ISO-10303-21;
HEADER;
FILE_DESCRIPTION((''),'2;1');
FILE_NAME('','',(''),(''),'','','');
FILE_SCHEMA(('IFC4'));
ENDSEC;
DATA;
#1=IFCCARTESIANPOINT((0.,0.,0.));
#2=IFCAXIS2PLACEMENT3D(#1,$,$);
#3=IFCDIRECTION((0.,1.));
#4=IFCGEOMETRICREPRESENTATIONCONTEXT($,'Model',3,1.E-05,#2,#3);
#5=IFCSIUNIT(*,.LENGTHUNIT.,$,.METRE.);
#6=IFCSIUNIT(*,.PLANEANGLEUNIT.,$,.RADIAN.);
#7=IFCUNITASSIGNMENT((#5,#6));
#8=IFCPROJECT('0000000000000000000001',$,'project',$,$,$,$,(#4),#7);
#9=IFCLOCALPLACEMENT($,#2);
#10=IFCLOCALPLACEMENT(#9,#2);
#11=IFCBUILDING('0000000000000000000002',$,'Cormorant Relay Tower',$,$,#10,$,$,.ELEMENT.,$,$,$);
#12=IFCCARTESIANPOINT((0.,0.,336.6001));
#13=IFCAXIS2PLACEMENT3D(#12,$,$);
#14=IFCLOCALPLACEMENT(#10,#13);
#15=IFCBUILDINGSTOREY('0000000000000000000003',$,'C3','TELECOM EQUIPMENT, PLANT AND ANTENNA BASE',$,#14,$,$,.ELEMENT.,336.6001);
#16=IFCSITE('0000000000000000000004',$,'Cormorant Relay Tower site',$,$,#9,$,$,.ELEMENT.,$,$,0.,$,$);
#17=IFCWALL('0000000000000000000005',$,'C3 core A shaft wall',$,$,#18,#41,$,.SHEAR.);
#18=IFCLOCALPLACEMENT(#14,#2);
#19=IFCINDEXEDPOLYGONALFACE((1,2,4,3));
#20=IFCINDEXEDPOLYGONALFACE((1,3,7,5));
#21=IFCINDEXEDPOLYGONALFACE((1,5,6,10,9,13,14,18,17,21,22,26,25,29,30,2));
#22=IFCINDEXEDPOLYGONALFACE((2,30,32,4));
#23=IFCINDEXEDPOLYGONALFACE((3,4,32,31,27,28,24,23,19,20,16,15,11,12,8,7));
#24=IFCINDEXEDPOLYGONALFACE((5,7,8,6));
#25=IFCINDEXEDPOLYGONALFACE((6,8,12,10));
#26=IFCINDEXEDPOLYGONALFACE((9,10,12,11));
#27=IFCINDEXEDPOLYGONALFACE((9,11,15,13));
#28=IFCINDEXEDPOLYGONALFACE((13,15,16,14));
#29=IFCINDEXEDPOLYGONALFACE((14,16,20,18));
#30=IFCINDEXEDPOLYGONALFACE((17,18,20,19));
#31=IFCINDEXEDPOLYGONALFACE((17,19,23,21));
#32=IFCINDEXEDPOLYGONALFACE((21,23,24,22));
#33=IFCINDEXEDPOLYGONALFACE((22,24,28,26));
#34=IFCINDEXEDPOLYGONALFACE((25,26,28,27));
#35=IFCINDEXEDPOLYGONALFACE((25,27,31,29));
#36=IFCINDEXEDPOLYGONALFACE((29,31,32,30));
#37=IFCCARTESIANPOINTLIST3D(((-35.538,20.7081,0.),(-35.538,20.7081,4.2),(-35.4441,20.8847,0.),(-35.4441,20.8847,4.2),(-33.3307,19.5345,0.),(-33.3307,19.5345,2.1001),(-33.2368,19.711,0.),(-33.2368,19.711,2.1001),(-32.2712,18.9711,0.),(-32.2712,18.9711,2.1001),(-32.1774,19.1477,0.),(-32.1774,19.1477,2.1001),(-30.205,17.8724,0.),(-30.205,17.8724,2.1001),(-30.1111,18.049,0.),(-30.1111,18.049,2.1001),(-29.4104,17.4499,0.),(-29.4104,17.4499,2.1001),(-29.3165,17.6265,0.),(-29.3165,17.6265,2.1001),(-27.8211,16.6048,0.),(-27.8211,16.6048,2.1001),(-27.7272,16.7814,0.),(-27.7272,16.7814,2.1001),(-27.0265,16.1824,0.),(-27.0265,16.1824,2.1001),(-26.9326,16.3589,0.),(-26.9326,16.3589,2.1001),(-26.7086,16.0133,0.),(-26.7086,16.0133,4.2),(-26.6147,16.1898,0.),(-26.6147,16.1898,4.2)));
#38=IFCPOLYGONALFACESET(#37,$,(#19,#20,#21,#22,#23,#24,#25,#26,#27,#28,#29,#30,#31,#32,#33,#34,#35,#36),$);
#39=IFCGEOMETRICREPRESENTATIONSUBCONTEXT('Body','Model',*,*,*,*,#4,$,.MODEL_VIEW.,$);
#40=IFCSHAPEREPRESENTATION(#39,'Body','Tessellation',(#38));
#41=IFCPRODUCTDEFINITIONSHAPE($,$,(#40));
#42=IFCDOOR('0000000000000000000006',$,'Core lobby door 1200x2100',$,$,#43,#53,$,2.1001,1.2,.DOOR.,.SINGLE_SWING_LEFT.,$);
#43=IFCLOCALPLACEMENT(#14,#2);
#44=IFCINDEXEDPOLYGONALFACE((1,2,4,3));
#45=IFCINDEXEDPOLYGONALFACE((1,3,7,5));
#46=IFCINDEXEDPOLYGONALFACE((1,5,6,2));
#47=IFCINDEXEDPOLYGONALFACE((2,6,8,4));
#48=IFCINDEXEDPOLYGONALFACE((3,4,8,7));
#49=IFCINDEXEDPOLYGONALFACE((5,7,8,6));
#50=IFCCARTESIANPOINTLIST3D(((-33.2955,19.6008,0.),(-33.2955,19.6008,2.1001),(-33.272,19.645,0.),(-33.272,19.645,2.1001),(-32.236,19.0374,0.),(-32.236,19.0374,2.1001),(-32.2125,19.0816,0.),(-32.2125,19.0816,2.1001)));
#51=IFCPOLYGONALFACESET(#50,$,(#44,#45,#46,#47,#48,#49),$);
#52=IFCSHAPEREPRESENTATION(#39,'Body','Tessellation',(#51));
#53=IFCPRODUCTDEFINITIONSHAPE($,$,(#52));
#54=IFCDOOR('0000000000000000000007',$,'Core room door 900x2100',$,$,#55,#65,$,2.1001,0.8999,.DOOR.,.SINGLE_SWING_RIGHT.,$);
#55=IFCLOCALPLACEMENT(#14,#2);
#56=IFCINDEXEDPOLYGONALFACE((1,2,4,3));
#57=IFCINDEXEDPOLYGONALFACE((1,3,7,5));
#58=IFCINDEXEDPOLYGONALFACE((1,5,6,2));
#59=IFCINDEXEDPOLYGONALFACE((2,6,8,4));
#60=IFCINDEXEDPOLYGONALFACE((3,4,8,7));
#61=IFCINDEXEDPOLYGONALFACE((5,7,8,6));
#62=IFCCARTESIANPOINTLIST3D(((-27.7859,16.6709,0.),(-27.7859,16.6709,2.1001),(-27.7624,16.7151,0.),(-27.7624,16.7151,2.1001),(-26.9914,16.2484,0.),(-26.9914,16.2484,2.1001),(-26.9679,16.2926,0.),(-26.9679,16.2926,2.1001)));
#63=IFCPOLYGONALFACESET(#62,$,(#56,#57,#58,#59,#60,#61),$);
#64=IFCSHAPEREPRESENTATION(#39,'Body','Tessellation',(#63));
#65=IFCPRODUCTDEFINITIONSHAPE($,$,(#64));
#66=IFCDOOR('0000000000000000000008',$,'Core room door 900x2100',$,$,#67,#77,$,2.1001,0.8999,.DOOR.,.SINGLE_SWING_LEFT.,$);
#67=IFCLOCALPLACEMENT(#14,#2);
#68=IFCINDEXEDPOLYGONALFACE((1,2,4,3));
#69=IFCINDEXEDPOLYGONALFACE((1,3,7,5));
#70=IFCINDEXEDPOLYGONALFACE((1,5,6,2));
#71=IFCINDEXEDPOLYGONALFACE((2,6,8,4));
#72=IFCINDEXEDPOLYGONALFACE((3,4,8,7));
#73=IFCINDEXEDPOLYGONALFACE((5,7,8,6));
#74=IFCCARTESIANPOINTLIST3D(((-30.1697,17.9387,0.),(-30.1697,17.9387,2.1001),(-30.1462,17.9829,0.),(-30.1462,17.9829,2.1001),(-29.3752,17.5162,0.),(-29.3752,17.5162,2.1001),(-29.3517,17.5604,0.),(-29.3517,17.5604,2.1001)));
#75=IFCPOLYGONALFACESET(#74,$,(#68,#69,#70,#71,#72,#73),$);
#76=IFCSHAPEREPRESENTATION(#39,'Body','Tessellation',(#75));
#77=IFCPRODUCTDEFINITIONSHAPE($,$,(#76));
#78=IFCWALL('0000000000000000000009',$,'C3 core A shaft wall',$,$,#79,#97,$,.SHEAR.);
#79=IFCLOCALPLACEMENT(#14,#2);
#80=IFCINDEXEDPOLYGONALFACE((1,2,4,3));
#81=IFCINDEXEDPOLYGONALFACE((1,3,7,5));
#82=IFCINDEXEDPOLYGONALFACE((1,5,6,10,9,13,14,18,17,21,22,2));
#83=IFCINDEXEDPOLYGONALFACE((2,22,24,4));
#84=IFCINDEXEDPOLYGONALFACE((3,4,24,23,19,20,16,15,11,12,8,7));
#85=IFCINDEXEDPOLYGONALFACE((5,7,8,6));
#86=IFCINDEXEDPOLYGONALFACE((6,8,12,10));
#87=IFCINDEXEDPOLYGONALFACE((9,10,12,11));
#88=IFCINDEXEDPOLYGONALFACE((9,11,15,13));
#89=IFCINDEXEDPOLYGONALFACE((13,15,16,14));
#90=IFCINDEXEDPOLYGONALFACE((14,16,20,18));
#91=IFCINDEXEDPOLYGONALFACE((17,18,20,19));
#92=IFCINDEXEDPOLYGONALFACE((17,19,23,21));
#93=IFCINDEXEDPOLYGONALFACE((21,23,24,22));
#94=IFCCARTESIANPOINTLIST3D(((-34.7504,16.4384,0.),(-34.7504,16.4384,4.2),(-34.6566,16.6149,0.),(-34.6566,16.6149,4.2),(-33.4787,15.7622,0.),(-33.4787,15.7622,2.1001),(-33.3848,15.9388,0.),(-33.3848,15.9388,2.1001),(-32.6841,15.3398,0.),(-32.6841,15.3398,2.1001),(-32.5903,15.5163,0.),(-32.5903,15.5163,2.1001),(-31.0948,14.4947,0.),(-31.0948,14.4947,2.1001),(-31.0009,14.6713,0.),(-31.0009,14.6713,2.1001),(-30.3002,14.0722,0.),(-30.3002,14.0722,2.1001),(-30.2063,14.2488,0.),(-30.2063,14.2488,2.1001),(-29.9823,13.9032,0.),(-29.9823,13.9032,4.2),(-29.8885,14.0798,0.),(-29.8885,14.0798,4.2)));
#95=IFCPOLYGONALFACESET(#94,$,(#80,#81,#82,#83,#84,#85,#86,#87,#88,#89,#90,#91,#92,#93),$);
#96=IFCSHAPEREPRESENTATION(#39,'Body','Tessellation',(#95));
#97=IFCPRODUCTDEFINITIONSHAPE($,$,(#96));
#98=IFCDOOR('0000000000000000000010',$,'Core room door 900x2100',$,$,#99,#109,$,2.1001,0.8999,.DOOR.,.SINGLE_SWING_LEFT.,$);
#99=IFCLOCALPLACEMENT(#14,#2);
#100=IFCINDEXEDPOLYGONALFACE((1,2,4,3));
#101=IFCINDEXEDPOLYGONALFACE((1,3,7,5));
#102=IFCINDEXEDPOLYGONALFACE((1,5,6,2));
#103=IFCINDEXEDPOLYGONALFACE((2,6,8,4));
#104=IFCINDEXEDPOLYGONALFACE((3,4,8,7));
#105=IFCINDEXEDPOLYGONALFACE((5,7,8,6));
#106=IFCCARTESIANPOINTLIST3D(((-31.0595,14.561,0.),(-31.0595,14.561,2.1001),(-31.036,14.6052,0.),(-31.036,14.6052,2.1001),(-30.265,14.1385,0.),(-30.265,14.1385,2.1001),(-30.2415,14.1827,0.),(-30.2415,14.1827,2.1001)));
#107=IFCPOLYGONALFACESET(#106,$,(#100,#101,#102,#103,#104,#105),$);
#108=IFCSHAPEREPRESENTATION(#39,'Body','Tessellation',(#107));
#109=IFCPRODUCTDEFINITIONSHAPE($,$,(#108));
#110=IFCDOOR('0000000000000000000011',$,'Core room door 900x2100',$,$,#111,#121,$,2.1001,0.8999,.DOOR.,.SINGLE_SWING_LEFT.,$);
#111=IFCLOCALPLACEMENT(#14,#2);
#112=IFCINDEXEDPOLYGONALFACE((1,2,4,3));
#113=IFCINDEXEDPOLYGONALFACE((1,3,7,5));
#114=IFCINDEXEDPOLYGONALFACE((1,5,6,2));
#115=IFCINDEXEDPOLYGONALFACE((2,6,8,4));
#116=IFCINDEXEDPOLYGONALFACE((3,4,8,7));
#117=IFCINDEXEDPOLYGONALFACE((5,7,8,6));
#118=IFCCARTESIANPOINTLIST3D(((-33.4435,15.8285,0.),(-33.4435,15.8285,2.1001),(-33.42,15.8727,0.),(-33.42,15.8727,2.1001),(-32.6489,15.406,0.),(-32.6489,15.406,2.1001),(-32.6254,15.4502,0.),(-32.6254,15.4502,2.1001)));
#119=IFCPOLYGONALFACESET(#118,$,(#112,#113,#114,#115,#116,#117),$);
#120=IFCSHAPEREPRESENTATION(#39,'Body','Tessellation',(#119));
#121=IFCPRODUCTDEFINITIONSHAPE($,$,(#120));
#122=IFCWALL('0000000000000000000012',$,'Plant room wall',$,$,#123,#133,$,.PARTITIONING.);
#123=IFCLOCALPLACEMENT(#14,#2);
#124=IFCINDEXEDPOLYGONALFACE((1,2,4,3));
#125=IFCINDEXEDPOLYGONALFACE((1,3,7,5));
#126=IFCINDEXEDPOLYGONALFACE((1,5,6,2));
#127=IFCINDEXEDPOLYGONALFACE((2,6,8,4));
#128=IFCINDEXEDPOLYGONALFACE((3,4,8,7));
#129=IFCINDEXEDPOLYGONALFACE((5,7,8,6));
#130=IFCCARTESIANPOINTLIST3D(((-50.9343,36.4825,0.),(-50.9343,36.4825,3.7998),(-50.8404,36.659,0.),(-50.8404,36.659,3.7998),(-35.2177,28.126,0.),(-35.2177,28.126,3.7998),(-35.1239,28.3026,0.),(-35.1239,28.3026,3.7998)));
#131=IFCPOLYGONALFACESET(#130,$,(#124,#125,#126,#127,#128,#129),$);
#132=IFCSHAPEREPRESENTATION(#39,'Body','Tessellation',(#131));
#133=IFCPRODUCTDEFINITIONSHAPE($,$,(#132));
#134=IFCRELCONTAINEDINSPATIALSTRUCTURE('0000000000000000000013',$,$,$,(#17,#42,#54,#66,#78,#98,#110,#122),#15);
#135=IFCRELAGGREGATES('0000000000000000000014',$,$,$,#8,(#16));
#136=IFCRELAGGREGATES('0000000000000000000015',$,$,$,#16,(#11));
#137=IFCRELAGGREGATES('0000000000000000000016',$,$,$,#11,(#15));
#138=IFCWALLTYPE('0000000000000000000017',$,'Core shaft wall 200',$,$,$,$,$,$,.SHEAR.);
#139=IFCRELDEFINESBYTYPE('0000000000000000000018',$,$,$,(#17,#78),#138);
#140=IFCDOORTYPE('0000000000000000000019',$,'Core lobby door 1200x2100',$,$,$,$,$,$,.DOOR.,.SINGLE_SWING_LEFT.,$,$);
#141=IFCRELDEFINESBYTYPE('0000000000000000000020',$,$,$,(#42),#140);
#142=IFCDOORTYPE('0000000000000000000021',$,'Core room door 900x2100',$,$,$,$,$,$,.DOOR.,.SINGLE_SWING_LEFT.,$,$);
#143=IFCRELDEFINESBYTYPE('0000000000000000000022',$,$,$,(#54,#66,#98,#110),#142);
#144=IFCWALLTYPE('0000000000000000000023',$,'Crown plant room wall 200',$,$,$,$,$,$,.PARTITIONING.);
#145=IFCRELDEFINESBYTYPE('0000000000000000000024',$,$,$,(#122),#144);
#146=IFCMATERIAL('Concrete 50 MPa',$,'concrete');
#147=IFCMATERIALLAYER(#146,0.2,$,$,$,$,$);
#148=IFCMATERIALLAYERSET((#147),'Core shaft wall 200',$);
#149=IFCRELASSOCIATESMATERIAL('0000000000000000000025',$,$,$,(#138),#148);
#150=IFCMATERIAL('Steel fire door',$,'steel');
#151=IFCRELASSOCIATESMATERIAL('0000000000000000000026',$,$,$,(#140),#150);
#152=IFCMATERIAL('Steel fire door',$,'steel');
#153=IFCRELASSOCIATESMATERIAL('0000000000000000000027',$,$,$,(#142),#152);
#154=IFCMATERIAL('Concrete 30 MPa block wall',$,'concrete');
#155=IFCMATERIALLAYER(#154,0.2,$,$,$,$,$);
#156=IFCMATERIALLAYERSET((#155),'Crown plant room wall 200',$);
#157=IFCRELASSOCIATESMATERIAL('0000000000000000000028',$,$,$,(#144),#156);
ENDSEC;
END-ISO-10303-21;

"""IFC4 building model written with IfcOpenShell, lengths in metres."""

from ifc_helpers import new_model, si_unit, direction, frame, frame_2d, origin, place, context, subcontext, project, spatial, rectangle, extrude, material, layer, layer_set, type_object, element, fill, save


model = new_model("IFC4")

# Units and contexts
model_context = context("Model", 3, precision=1e-05, world=origin(), true_north=direction((0.0, 1.0)))
body_context = subcontext(model_context, "Body", "Model", "MODEL_VIEW")
ifc_project = project(units=[si_unit("LENGTHUNIT", "METRE"), si_unit("PLANEANGLEUNIT", "RADIAN")], contexts=[model_context])

# Site, building, storey
site_placement = place(None, origin())
site = spatial("IfcSite", under=ifc_project, at=site_placement, Name="Cormorant Relay Tower site", CompositionType="ELEMENT", RefElevation=0.0)
building_placement = place(site_placement, origin())
building = spatial("IfcBuilding", under=site, at=building_placement, Name="Cormorant Relay Tower", CompositionType="ELEMENT")
storey_placement = place(building_placement, frame((0.0, 0.0, 336.6001)))
storey = spatial("IfcBuildingStorey", under=building, at=storey_placement, Name="C3", Description="TELECOM EQUIPMENT, PLANT AND ANTENNA BASE", CompositionType="ELEMENT", Elevation=336.6001)

# Shared definitions
ifc_material_1 = material(Name="Concrete 50 MPa", Category="concrete")
ifc_layer_1 = layer(ifc_material_1, 0.2)
ifc_layer_set_1 = layer_set([ifc_layer_1], Name="Core shaft wall 200")
wall_type_1 = type_object("IfcWallType", Name="Core shaft wall 200", PredefinedType="SHEAR", material=ifc_layer_set_1)

# Walls, openings, doors
wall_1_placement = place(storey_placement, frame((-26.6616, 16.1016, 0.0), z_axis=(0.0, 0.0, 1.0), x_axis=(-0.88294, 0.469485, 0.0)))
wall_1 = element("IfcWall", 1, at=wall_1_placement, inside=storey, type_object=wall_type_1, Name="C3 core A shaft wall", PredefinedType="SHEAR", context=body_context, shape_type="SweptSolid", body=[
    extrude(rectangle(XDim=10.0, YDim=0.2, at=frame_2d((5.0, 0.0))), origin(), (0.0, 0.0, 1.0), 4.2),
])
opening_1_placement = place(wall_1_placement, frame((6.3, 0.0, 0.0)))
opening_1 = element("IfcOpeningElement", 2, at=opening_1_placement, cuts=wall_1, PredefinedType="OPENING", context=body_context, shape_type="SweptSolid", body=[
    extrude(rectangle(XDim=1.2, YDim=2.1001, at=frame_2d((0.6001, 1.05))), frame((0.0, 0.1099, 0.0), z_axis=(0.0, -1.0, 0.0), x_axis=(1.0, 0.0, 0.0)), (0.0, 0.0, 1.0), 0.22),
])
opening_2_placement = place(wall_1_placement, frame((0.3601, 0.0, 0.0)))
opening_2 = element("IfcOpeningElement", 3, at=opening_2_placement, cuts=wall_1, PredefinedType="OPENING", context=body_context, shape_type="SweptSolid", body=[
    extrude(rectangle(XDim=0.8999, YDim=2.1001, at=frame_2d((0.45, 1.05))), frame((0.0, 0.1099, 0.0), z_axis=(0.0, -1.0, 0.0), x_axis=(1.0, 0.0, 0.0)), (0.0, 0.0, 1.0), 0.22),
])
opening_3_placement = place(wall_1_placement, frame((3.0601, 0.0, 0.0)))
opening_3 = element("IfcOpeningElement", 4, at=opening_3_placement, cuts=wall_1, PredefinedType="OPENING", context=body_context, shape_type="SweptSolid", body=[
    extrude(rectangle(XDim=0.8999, YDim=2.1001, at=frame_2d((0.45, 1.05))), frame((0.0, 0.1099, 0.0), z_axis=(0.0, -1.0, 0.0), x_axis=(1.0, 0.0, 0.0)), (0.0, 0.0, 1.0), 0.22),
])
ifc_material_2 = material(Name="Steel fire door", Category="steel")
door_type_1 = type_object("IfcDoorType", Name="Core lobby door 1200x2100", OperationType="SINGLE_SWING_LEFT", PredefinedType="DOOR", material=ifc_material_2)
door_1_placement = place(opening_1_placement, origin())
door_1 = element("IfcDoor", 5, at=door_1_placement, inside=storey, type_object=door_type_1, Name="Core lobby door 1200x2100", OperationType="SINGLE_SWING_LEFT", OverallHeight=2.1001, OverallWidth=1.2, PredefinedType="DOOR", context=body_context, shape_type="SweptSolid", body=[
    extrude(rectangle(XDim=1.2, YDim=2.1001, at=frame_2d((0.6001, 1.05))), frame((0.0, 0.0249, 0.0), z_axis=(0.0, -1.0, 0.0), x_axis=(1.0, 0.0, 0.0)), (0.0, 0.0, 1.0), 0.05),
])
fill(opening_1, door_1)
ifc_material_3 = material(Name="Steel fire door", Category="steel")
door_type_2 = type_object("IfcDoorType", Name="Core room door 900x2100", OperationType="SINGLE_SWING_LEFT", PredefinedType="DOOR", material=ifc_material_3)
door_2_placement = place(opening_2_placement, frame((0.8999, 0.0, 0.0), z_axis=(0.0, 0.0, 1.0), x_axis=(-1.0, 0.0, 0.0)))
door_2 = element("IfcDoor", 6, at=door_2_placement, inside=storey, type_object=door_type_2, Name="Core room door 900x2100", OperationType="SINGLE_SWING_RIGHT", OverallHeight=2.1001, OverallWidth=0.8999, PredefinedType="DOOR", context=body_context, shape_type="SweptSolid", body=[
    extrude(rectangle(XDim=0.8999, YDim=2.1001, at=frame_2d((0.45, 1.05))), frame((0.0, 0.0249, 0.0), z_axis=(0.0, -1.0, 0.0), x_axis=(1.0, 0.0, 0.0)), (0.0, 0.0, 1.0), 0.05),
])
fill(opening_2, door_2)
door_3_placement = place(opening_3_placement, origin())
door_3 = element("IfcDoor", 7, at=door_3_placement, inside=storey, type_object=door_type_2, Name="Core room door 900x2100", OperationType="SINGLE_SWING_LEFT", OverallHeight=2.1001, OverallWidth=0.8999, PredefinedType="DOOR", context=body_context, shape_type="SweptSolid", body=[
    extrude(rectangle(XDim=0.8999, YDim=2.1001, at=frame_2d((0.45, 1.05))), frame((0.0, 0.0249, 0.0), z_axis=(0.0, -1.0, 0.0), x_axis=(1.0, 0.0, 0.0)), (0.0, 0.0, 1.0), 0.05),
])
fill(opening_3, door_3)
wall_2_placement = place(storey_placement, frame((-29.9353, 13.9915, 0.0), z_axis=(0.0, 0.0, 1.0), x_axis=(-0.882953, 0.469462, 0.0)))
wall_2 = element("IfcWall", 8, at=wall_2_placement, inside=storey, type_object=wall_type_1, Name="C3 core A shaft wall", PredefinedType="SHEAR", context=body_context, shape_type="SweptSolid", body=[
    extrude(rectangle(XDim=5.4001, YDim=0.2, at=frame_2d((2.7002, 0.0))), origin(), (0.0, 0.0, 1.0), 4.2),
])
opening_4_placement = place(wall_2_placement, frame((0.3601, 0.0, 0.0)))
opening_4 = element("IfcOpeningElement", 9, at=opening_4_placement, cuts=wall_2, PredefinedType="OPENING", context=body_context, shape_type="SweptSolid", body=[
    extrude(rectangle(XDim=0.8999, YDim=2.1001, at=frame_2d((0.45, 1.05))), frame((0.0, 0.1099, 0.0), z_axis=(0.0, -1.0, 0.0), x_axis=(1.0, 0.0, 0.0)), (0.0, 0.0, 1.0), 0.22),
])
opening_5_placement = place(wall_2_placement, frame((3.0601, 0.0, 0.0)))
opening_5 = element("IfcOpeningElement", 10, at=opening_5_placement, cuts=wall_2, PredefinedType="OPENING", context=body_context, shape_type="SweptSolid", body=[
    extrude(rectangle(XDim=0.8999, YDim=2.1001, at=frame_2d((0.45, 1.05))), frame((0.0, 0.1099, 0.0), z_axis=(0.0, -1.0, 0.0), x_axis=(1.0, 0.0, 0.0)), (0.0, 0.0, 1.0), 0.22),
])
door_4_placement = place(opening_4_placement, origin())
door_4 = element("IfcDoor", 11, at=door_4_placement, inside=storey, type_object=door_type_2, Name="Core room door 900x2100", OperationType="SINGLE_SWING_LEFT", OverallHeight=2.1001, OverallWidth=0.8999, PredefinedType="DOOR", context=body_context, shape_type="SweptSolid", body=[
    extrude(rectangle(XDim=0.8999, YDim=2.1001, at=frame_2d((0.45, 1.05))), frame((0.0, 0.0249, 0.0), z_axis=(0.0, -1.0, 0.0), x_axis=(1.0, 0.0, 0.0)), (0.0, 0.0, 1.0), 0.05),
])
fill(opening_4, door_4)
door_5_placement = place(opening_5_placement, origin())
door_5 = element("IfcDoor", 12, at=door_5_placement, inside=storey, type_object=door_type_2, Name="Core room door 900x2100", OperationType="SINGLE_SWING_LEFT", OverallHeight=2.1001, OverallWidth=0.8999, PredefinedType="DOOR", context=body_context, shape_type="SweptSolid", body=[
    extrude(rectangle(XDim=0.8999, YDim=2.1001, at=frame_2d((0.45, 1.05))), frame((0.0, 0.0249, 0.0), z_axis=(0.0, -1.0, 0.0), x_axis=(1.0, 0.0, 0.0)), (0.0, 0.0, 1.0), 0.05),
])
fill(opening_5, door_5)

# Wall
ifc_material_4 = material(Name="Concrete 30 MPa block wall", Category="concrete")
ifc_layer_2 = layer(ifc_material_4, 0.2)
ifc_layer_set_2 = layer_set([ifc_layer_2], Name="Crown plant room wall 200")
wall_type_2 = type_object("IfcWallType", Name="Crown plant room wall 200", PredefinedType="PARTITIONING", material=ifc_layer_set_2)
wall_3_placement = place(storey_placement, frame((-35.1709, 28.2144, 0.0), z_axis=(0.0, 0.0, 1.0), x_axis=(-0.882952, 0.469463, 0.0)))
element("IfcWall", 13, at=wall_3_placement, inside=storey, type_object=wall_type_2, Name="Plant room wall", PredefinedType="PARTITIONING", context=body_context, shape_type="SweptSolid", body=[
    extrude(rectangle(XDim=17.8, YDim=0.2, at=frame_2d((8.8999, 0.0))), origin(), (0.0, 0.0, 1.0), 3.7998),
])

save(model, "model.ifc")
